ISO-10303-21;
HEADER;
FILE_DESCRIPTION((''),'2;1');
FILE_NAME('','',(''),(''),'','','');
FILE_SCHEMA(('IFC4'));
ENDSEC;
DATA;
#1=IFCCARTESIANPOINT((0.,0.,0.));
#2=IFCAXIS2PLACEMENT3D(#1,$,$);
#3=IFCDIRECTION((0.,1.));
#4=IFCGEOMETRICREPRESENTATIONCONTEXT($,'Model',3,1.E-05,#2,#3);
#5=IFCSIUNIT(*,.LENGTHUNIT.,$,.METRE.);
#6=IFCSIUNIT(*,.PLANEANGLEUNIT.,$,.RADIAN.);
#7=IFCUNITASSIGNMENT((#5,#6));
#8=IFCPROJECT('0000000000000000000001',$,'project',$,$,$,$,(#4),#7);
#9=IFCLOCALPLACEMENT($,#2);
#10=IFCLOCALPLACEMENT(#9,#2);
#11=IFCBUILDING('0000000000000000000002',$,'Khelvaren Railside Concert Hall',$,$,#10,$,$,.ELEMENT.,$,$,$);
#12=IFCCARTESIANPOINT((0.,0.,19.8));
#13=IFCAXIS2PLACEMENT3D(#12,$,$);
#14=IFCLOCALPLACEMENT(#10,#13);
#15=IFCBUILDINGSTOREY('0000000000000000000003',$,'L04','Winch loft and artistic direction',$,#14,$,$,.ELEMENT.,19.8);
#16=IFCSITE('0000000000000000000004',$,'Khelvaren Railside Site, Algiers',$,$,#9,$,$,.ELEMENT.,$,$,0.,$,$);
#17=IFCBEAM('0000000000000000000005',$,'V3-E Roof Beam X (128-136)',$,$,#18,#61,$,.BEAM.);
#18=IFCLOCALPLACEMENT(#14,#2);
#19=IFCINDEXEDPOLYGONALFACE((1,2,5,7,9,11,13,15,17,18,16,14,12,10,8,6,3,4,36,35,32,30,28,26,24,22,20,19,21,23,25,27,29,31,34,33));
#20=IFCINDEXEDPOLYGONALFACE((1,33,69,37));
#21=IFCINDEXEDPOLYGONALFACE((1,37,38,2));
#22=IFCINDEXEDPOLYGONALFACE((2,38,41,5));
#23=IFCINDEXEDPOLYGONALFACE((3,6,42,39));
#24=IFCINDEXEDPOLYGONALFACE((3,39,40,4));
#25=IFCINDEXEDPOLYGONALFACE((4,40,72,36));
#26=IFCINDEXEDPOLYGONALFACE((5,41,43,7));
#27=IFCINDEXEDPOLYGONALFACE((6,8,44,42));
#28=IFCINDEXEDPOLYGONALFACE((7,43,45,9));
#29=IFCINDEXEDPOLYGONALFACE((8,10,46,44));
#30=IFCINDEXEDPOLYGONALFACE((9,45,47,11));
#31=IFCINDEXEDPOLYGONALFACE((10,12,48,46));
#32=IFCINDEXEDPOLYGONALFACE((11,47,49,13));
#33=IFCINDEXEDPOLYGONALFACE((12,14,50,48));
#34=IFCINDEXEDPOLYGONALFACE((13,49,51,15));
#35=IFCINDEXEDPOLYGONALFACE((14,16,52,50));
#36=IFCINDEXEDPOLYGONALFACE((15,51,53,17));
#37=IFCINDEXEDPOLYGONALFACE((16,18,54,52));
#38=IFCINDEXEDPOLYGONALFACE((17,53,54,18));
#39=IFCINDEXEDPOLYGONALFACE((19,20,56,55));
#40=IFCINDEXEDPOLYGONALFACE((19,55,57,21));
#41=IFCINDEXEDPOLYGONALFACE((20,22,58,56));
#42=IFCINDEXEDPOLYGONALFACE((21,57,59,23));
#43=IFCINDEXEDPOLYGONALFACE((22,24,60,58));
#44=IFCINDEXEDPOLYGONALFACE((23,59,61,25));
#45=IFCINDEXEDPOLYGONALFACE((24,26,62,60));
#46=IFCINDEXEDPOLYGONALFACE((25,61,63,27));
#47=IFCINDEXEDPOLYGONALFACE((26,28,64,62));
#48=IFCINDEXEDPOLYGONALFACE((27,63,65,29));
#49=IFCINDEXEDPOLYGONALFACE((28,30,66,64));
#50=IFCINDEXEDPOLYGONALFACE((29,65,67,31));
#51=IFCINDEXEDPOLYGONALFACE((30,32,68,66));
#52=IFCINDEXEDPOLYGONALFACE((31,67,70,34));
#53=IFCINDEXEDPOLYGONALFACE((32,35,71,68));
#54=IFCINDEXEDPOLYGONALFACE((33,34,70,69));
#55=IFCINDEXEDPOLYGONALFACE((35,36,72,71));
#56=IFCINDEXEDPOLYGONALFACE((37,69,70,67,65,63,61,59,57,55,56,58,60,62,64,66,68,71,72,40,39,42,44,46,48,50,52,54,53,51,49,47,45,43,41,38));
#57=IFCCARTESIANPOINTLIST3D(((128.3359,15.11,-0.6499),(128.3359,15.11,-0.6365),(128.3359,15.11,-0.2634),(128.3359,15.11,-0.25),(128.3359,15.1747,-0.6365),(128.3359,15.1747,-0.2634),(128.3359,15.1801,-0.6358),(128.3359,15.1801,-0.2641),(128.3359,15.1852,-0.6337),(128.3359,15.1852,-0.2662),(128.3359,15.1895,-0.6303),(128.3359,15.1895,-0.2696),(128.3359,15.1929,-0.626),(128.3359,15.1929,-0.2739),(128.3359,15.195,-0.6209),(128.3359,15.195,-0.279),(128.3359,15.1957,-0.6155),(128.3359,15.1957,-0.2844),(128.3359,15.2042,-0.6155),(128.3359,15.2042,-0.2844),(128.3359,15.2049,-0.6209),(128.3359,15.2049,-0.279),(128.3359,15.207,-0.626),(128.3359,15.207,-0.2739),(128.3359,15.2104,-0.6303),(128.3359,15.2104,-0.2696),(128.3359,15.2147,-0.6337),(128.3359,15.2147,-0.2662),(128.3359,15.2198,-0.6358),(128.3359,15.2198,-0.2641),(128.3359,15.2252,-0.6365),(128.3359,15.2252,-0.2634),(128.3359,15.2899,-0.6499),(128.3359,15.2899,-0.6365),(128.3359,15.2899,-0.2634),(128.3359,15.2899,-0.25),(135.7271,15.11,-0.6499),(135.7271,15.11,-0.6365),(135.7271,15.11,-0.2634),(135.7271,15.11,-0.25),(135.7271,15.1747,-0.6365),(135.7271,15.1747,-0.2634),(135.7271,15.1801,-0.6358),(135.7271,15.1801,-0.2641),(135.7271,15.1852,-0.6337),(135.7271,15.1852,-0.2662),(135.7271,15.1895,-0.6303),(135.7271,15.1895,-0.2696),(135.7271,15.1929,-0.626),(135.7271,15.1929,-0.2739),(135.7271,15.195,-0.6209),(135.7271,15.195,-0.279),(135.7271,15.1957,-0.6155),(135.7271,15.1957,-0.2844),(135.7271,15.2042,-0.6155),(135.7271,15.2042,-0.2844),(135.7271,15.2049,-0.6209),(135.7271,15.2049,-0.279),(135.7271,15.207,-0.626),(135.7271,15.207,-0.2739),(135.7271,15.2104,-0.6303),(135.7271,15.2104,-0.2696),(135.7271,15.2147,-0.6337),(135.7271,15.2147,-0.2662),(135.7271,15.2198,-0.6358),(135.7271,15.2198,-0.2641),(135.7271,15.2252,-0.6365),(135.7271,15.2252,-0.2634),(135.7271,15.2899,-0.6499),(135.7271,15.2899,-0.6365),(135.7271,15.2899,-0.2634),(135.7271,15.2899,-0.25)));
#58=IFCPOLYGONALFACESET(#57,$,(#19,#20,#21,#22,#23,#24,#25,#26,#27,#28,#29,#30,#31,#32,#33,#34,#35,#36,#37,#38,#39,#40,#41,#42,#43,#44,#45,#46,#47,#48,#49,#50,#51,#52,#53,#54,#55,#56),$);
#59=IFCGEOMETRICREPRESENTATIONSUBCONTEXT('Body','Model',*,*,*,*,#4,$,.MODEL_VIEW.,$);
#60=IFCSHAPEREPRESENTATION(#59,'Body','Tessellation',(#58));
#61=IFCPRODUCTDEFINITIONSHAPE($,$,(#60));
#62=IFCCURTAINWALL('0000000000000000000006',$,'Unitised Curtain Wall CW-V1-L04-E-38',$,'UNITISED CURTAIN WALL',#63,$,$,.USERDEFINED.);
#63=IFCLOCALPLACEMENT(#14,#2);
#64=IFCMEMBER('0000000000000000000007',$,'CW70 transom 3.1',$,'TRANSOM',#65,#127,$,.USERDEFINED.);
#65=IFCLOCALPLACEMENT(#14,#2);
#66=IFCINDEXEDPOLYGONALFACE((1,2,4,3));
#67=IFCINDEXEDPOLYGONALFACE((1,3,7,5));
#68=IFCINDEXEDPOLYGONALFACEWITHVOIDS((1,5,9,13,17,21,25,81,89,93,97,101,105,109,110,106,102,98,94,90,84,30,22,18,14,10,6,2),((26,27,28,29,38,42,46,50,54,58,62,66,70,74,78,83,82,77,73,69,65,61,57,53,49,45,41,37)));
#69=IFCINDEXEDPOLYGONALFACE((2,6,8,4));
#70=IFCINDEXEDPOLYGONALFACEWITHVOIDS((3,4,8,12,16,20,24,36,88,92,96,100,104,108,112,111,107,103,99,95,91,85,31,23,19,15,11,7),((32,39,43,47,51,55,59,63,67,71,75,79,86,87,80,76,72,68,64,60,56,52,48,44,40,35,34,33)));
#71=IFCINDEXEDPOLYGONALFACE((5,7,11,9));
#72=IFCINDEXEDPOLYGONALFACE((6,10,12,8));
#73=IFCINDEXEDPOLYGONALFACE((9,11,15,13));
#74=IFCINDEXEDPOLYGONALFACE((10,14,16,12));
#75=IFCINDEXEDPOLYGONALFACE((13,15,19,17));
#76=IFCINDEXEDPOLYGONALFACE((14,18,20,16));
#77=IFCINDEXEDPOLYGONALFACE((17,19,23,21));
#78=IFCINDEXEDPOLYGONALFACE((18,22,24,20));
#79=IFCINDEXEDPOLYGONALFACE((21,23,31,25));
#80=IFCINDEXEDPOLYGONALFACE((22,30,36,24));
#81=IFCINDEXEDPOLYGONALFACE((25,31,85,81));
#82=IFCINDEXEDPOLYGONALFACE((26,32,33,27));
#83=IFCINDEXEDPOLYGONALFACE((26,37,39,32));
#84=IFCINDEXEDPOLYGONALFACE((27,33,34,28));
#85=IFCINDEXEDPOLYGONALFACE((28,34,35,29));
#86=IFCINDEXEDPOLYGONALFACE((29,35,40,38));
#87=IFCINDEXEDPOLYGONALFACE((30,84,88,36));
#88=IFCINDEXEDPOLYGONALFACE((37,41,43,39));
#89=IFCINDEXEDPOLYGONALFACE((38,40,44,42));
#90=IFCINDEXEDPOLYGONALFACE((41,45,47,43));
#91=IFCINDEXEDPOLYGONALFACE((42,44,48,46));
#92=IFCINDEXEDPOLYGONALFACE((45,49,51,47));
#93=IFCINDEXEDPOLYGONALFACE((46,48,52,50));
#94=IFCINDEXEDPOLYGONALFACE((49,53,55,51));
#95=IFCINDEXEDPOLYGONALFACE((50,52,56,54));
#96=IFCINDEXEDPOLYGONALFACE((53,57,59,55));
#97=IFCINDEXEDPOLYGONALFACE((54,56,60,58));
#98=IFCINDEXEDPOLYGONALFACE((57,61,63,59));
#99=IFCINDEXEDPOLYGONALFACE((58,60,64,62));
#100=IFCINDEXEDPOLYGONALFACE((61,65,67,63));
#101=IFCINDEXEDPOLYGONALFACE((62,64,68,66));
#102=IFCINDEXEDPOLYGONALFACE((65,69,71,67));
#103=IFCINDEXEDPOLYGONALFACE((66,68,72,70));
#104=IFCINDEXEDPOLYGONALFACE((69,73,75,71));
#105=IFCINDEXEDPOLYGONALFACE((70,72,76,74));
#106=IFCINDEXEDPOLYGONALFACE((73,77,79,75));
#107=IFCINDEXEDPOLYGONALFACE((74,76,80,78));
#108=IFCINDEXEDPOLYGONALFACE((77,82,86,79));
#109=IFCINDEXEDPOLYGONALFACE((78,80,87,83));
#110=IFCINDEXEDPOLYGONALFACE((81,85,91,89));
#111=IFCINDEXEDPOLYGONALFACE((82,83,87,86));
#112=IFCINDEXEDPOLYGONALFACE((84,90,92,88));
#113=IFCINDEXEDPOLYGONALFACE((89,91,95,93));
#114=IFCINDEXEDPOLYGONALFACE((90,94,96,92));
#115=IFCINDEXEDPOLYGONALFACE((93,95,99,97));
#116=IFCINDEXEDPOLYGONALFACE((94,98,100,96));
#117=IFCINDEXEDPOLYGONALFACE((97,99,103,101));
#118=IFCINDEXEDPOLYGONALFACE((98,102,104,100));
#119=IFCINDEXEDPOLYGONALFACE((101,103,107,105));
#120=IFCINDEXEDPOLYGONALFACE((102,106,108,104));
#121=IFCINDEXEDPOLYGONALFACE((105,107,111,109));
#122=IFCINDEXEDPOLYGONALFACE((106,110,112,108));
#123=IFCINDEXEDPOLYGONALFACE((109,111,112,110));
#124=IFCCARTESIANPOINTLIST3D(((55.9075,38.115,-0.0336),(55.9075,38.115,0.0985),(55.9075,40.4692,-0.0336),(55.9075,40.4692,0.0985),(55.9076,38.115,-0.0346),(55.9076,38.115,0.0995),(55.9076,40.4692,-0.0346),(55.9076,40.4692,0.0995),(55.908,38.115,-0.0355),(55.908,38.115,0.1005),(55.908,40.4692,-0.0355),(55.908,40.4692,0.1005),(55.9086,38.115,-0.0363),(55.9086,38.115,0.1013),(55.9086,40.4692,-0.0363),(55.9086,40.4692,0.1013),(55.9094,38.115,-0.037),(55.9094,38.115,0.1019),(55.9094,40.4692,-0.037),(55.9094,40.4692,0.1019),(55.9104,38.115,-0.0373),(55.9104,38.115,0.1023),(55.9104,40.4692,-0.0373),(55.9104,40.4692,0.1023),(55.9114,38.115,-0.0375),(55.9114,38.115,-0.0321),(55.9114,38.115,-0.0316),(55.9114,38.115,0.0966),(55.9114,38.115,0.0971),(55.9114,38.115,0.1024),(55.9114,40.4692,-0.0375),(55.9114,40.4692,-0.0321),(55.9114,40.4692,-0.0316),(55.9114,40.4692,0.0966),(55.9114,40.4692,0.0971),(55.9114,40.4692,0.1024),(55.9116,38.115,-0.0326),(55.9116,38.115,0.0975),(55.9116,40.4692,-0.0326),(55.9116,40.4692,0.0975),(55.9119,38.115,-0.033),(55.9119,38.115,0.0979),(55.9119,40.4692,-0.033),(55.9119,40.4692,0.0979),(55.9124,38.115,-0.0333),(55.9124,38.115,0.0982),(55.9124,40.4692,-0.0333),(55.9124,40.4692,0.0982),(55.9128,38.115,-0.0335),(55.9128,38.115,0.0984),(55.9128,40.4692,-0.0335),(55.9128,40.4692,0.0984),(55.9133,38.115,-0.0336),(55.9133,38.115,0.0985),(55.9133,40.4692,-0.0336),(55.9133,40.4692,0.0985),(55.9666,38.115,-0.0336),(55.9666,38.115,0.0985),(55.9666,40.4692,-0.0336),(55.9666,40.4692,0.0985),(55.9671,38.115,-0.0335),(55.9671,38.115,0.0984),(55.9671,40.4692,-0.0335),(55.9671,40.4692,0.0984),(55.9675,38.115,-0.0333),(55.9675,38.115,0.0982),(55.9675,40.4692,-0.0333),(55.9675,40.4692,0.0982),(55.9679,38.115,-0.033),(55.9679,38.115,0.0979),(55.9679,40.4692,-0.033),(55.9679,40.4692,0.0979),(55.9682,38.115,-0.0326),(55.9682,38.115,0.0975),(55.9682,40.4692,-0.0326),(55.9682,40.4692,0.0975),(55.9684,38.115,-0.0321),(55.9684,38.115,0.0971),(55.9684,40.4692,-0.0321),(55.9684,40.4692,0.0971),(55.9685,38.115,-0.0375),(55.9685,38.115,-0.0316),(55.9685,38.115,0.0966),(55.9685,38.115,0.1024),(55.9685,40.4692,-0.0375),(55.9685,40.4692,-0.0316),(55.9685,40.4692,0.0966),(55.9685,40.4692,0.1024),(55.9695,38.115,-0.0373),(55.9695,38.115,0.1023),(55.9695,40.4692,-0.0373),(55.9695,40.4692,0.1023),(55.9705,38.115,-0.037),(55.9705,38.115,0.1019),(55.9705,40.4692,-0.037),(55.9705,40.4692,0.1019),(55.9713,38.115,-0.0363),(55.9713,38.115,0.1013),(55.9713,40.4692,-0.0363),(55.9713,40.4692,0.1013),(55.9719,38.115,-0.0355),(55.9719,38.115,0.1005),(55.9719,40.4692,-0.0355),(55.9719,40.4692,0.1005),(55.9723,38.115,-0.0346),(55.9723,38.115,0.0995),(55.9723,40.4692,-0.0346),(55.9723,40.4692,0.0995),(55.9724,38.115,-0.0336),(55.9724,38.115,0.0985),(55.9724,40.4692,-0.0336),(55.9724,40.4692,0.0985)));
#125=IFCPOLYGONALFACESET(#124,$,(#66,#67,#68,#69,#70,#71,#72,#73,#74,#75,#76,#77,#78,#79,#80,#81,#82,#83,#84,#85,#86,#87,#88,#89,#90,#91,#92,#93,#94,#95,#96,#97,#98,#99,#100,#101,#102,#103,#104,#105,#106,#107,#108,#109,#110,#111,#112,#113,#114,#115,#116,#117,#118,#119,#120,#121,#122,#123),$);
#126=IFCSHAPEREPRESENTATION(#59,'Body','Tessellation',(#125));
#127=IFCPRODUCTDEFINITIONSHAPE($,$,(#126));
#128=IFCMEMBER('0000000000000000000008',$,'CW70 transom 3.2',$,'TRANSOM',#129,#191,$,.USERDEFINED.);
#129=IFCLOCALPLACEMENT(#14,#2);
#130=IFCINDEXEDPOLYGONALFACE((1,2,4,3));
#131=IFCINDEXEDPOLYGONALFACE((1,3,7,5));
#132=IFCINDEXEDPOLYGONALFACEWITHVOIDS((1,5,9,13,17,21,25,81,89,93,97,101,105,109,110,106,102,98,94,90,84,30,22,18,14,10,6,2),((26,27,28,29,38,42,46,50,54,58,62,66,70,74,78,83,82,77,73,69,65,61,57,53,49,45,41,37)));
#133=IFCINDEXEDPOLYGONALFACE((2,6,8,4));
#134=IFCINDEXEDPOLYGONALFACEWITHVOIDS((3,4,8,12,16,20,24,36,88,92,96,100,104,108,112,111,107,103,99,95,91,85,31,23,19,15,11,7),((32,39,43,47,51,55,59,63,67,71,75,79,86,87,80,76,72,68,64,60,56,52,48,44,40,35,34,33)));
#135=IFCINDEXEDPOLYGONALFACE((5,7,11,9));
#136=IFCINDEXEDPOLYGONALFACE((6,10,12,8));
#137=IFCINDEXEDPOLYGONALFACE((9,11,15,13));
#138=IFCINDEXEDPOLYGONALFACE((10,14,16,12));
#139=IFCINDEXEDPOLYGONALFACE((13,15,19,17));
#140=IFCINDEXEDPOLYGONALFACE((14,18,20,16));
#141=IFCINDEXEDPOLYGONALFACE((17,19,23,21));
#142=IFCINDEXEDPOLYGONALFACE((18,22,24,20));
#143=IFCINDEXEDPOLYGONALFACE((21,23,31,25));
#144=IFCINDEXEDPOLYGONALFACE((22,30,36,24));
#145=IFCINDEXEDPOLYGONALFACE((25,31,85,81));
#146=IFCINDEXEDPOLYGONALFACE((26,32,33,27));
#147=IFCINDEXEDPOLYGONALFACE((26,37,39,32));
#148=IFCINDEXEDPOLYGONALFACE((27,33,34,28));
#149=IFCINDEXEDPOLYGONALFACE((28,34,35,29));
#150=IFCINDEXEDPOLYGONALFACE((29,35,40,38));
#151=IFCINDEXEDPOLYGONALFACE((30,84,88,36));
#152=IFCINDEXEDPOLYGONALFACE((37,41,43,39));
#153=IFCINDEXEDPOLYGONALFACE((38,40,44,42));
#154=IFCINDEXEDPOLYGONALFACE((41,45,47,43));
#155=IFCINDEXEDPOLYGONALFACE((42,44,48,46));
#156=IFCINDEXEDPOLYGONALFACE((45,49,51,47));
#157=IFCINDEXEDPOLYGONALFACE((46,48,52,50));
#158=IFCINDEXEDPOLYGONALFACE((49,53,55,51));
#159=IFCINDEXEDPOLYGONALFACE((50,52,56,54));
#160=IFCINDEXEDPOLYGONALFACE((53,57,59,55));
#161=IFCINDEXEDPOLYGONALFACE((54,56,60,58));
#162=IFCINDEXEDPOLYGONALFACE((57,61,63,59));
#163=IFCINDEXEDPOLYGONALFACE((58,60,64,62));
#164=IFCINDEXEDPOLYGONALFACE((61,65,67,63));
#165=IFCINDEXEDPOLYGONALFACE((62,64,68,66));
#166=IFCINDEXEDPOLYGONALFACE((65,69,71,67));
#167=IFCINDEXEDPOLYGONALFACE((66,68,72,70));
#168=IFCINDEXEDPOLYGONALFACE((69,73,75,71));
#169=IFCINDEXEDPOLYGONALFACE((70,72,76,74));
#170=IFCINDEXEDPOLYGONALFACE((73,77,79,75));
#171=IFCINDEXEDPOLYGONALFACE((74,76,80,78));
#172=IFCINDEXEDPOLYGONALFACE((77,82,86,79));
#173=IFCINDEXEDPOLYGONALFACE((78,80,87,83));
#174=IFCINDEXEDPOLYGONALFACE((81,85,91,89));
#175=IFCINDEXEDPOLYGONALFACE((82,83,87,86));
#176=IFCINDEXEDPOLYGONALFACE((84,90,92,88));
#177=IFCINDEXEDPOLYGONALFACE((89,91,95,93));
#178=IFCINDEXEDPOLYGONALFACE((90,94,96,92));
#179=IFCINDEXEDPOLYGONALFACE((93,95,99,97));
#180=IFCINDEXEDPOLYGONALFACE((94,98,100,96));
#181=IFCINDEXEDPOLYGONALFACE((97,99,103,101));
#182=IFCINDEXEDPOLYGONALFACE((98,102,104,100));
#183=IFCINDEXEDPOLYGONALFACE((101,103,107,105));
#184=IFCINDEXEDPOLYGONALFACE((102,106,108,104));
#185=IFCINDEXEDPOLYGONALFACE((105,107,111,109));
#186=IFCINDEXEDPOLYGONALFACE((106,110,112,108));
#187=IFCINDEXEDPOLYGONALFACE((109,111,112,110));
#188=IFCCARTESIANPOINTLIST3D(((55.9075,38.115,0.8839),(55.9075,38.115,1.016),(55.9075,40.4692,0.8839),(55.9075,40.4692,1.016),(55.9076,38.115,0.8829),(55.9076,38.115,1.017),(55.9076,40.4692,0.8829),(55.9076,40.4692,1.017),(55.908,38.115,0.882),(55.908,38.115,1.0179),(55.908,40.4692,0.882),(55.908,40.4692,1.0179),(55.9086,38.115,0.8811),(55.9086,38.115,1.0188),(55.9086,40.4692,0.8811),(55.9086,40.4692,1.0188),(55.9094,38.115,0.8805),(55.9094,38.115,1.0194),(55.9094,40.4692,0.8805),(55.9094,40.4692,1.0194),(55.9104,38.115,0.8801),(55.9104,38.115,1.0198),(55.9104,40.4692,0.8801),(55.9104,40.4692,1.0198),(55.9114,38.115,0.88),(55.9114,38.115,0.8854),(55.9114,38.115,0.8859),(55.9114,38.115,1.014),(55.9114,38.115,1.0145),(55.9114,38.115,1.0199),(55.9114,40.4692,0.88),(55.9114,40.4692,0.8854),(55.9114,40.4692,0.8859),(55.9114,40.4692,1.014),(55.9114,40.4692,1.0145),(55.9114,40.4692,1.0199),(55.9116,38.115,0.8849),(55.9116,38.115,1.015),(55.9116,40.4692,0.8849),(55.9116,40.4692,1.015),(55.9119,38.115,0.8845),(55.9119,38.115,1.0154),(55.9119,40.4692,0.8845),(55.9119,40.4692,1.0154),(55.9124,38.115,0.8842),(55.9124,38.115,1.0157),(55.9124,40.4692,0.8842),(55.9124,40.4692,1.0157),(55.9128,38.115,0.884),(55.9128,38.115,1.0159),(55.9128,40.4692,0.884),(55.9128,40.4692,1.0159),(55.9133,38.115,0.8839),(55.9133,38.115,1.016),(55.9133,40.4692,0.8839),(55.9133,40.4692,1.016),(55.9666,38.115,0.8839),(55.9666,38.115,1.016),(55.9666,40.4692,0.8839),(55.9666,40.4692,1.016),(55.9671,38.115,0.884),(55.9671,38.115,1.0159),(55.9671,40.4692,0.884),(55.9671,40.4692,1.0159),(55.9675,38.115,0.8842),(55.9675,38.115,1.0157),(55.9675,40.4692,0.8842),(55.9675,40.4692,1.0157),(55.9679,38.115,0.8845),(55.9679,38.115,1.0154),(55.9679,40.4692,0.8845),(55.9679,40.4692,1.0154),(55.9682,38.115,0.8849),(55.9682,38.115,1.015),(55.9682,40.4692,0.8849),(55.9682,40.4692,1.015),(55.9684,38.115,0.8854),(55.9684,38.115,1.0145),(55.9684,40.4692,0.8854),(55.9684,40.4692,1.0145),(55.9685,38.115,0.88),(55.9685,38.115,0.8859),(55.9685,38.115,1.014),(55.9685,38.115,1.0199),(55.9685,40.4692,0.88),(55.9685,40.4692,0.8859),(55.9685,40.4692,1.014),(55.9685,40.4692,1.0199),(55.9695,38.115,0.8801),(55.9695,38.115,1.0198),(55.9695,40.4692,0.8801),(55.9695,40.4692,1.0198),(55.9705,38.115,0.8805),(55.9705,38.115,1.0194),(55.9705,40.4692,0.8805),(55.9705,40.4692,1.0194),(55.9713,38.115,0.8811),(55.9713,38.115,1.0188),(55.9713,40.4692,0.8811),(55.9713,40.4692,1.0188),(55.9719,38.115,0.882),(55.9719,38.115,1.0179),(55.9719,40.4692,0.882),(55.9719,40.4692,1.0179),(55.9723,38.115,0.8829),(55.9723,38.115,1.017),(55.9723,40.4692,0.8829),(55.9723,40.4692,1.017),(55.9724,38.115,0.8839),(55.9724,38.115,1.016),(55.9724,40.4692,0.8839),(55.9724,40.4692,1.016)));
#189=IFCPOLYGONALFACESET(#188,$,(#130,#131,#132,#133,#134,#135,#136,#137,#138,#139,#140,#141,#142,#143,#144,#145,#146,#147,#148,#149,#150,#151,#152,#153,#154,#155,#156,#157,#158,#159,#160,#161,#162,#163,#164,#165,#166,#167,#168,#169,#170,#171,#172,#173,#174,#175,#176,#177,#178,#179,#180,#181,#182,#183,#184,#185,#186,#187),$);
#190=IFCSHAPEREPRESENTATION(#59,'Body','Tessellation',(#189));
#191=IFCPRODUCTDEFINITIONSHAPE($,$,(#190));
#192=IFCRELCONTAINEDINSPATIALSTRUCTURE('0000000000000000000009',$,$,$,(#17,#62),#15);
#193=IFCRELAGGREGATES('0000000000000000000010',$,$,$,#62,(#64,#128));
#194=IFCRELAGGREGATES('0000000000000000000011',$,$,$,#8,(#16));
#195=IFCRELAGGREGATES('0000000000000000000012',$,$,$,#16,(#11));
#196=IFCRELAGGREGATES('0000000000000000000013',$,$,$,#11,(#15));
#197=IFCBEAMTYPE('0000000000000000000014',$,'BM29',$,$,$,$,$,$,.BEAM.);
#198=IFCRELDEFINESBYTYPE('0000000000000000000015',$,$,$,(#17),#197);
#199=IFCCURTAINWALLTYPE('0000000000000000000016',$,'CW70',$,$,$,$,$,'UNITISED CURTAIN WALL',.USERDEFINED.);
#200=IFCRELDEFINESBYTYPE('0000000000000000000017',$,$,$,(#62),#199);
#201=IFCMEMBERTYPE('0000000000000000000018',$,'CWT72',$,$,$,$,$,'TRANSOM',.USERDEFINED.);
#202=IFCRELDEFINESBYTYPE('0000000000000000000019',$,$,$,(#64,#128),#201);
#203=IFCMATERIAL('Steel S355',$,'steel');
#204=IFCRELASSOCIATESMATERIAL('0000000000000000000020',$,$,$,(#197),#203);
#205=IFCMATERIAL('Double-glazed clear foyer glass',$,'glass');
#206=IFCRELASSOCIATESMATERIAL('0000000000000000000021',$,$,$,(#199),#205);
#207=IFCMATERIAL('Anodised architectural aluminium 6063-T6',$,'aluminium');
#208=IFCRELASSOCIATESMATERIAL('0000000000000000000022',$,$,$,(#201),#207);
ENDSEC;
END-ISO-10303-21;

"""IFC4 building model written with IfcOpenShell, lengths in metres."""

from ifc_helpers import new_model, si_unit, direction, frame, origin, origin_2d, place, context, subcontext, project, spatial, hollow_rectangle, i_section, extrude, material, material_profile, profile_set, type_object, element, aggregate, save


model = new_model("IFC4")

# Units and contexts
model_context = context("Model", 3, precision=1e-05, world=origin(), true_north=direction((0.0, 1.0)))
body_context = subcontext(model_context, "Body", "Model", "MODEL_VIEW")
ifc_project = project(units=[si_unit("LENGTHUNIT", "METRE"), si_unit("PLANEANGLEUNIT", "RADIAN")], contexts=[model_context])

# Site, building, storey
site_placement = place(None, origin())
site = spatial("IfcSite", under=ifc_project, at=site_placement, Name="Khelvaren Railside Site, Algiers", CompositionType="ELEMENT", RefElevation=0.0)
building_placement = place(site_placement, origin())
building = spatial("IfcBuilding", under=site, at=building_placement, Name="Khelvaren Railside Concert Hall", CompositionType="ELEMENT")
storey_placement = place(building_placement, frame((0.0, 0.0, 19.8)))
storey = spatial("IfcBuildingStorey", under=building, at=storey_placement, Name="L04", Description="Winch loft and artistic direction", CompositionType="ELEMENT", Elevation=19.8)

# Beam
ifc_material_1 = material(Name="Steel S355", Category="steel")
ifc_material_profile_1 = material_profile(ifc_material_1, i_section(OverallWidth=0.1799, OverallDepth=0.3999, WebThickness=0.0085, FlangeThickness=0.0134, FilletRadius=0.021, at=origin_2d()), Name="IPE 400")
ifc_profile_set_1 = profile_set([ifc_material_profile_1], Name="Steel S355")
beam_type = type_object("IfcBeamType", Name="BM29", PredefinedType="BEAM", material=ifc_profile_set_1)
beam_1_placement = place(storey_placement, frame((128.3359, 15.2, -0.45), z_axis=(1.0, 0.0, 0.0), x_axis=(0.0, 1.0, 0.0)))
element("IfcBeam", 1, at=beam_1_placement, inside=storey, type_object=beam_type, Name="V3-E Roof Beam X (128-136)", PredefinedType="BEAM", context=body_context, shape_type="SweptSolid", body=[
    extrude(i_section(OverallWidth=0.1799, OverallDepth=0.3999, WebThickness=0.0085, FlangeThickness=0.0134, FilletRadius=0.021, at=origin_2d()), origin(), (0.0, 0.0, 1.0), 7.3911),
])

# Curtain wall, members
ifc_material_2 = material(Name="Double-glazed clear foyer glass", Category="glass")
curtain_wall_type = type_object("IfcCurtainWallType", Name="CW70", ElementType="UNITISED CURTAIN WALL", PredefinedType="USERDEFINED", material=ifc_material_2)
curtain_wall_placement = place(storey_placement, origin())
curtain_wall = element("IfcCurtainWall", 2, at=curtain_wall_placement, inside=storey, type_object=curtain_wall_type, Name="Unitised Curtain Wall CW-V1-L04-E-38", ObjectType="UNITISED CURTAIN WALL", PredefinedType="USERDEFINED")
ifc_material_3 = material(Name="Anodised architectural aluminium 6063-T6", Category="aluminium")
ifc_material_profile_2 = material_profile(ifc_material_3, hollow_rectangle(XDim=0.0649, YDim=0.1399, WallThickness=0.0039, InnerFilletRadius=0.002, OuterFilletRadius=0.0039, at=origin_2d()), Name="CWT 65x140x4")
ifc_profile_set_2 = profile_set([ifc_material_profile_2], Name="Anodised architectural aluminium 6063-T6")
member_type = type_object("IfcMemberType", Name="CWT72", ElementType="TRANSOM", PredefinedType="USERDEFINED", material=ifc_profile_set_2)
member_1_placement = place(storey_placement, frame((55.9399, 40.4692, 0.0325), z_axis=(0.0, -1.0, 0.0), x_axis=(1.0, 0.0, 0.0)))
member_1 = element("IfcMember", 3, at=member_1_placement, type_object=member_type, Name="CW70 transom 3.1", ObjectType="TRANSOM", PredefinedType="USERDEFINED", context=body_context, shape_type="SweptSolid", body=[
    extrude(hollow_rectangle(XDim=0.0649, YDim=0.1399, WallThickness=0.0039, InnerFilletRadius=0.002, OuterFilletRadius=0.0039, at=origin_2d()), origin(), (0.0, 0.0, 1.0), 2.3542),
])
member_2_placement = place(storey_placement, frame((55.9399, 40.4692, 0.95), z_axis=(0.0, -1.0, 0.0), x_axis=(1.0, 0.0, 0.0)))
member_2 = element("IfcMember", 4, at=member_2_placement, type_object=member_type, Name="CW70 transom 3.2", ObjectType="TRANSOM", PredefinedType="USERDEFINED", context=body_context, shape_type="SweptSolid", body=[
    extrude(hollow_rectangle(XDim=0.0649, YDim=0.1399, WallThickness=0.0039, InnerFilletRadius=0.002, OuterFilletRadius=0.0039, at=origin_2d()), origin(), (0.0, 0.0, 1.0), 2.3542),
])
aggregate(curtain_wall, [member_1, member_2])

save(model, "model.ifc")
